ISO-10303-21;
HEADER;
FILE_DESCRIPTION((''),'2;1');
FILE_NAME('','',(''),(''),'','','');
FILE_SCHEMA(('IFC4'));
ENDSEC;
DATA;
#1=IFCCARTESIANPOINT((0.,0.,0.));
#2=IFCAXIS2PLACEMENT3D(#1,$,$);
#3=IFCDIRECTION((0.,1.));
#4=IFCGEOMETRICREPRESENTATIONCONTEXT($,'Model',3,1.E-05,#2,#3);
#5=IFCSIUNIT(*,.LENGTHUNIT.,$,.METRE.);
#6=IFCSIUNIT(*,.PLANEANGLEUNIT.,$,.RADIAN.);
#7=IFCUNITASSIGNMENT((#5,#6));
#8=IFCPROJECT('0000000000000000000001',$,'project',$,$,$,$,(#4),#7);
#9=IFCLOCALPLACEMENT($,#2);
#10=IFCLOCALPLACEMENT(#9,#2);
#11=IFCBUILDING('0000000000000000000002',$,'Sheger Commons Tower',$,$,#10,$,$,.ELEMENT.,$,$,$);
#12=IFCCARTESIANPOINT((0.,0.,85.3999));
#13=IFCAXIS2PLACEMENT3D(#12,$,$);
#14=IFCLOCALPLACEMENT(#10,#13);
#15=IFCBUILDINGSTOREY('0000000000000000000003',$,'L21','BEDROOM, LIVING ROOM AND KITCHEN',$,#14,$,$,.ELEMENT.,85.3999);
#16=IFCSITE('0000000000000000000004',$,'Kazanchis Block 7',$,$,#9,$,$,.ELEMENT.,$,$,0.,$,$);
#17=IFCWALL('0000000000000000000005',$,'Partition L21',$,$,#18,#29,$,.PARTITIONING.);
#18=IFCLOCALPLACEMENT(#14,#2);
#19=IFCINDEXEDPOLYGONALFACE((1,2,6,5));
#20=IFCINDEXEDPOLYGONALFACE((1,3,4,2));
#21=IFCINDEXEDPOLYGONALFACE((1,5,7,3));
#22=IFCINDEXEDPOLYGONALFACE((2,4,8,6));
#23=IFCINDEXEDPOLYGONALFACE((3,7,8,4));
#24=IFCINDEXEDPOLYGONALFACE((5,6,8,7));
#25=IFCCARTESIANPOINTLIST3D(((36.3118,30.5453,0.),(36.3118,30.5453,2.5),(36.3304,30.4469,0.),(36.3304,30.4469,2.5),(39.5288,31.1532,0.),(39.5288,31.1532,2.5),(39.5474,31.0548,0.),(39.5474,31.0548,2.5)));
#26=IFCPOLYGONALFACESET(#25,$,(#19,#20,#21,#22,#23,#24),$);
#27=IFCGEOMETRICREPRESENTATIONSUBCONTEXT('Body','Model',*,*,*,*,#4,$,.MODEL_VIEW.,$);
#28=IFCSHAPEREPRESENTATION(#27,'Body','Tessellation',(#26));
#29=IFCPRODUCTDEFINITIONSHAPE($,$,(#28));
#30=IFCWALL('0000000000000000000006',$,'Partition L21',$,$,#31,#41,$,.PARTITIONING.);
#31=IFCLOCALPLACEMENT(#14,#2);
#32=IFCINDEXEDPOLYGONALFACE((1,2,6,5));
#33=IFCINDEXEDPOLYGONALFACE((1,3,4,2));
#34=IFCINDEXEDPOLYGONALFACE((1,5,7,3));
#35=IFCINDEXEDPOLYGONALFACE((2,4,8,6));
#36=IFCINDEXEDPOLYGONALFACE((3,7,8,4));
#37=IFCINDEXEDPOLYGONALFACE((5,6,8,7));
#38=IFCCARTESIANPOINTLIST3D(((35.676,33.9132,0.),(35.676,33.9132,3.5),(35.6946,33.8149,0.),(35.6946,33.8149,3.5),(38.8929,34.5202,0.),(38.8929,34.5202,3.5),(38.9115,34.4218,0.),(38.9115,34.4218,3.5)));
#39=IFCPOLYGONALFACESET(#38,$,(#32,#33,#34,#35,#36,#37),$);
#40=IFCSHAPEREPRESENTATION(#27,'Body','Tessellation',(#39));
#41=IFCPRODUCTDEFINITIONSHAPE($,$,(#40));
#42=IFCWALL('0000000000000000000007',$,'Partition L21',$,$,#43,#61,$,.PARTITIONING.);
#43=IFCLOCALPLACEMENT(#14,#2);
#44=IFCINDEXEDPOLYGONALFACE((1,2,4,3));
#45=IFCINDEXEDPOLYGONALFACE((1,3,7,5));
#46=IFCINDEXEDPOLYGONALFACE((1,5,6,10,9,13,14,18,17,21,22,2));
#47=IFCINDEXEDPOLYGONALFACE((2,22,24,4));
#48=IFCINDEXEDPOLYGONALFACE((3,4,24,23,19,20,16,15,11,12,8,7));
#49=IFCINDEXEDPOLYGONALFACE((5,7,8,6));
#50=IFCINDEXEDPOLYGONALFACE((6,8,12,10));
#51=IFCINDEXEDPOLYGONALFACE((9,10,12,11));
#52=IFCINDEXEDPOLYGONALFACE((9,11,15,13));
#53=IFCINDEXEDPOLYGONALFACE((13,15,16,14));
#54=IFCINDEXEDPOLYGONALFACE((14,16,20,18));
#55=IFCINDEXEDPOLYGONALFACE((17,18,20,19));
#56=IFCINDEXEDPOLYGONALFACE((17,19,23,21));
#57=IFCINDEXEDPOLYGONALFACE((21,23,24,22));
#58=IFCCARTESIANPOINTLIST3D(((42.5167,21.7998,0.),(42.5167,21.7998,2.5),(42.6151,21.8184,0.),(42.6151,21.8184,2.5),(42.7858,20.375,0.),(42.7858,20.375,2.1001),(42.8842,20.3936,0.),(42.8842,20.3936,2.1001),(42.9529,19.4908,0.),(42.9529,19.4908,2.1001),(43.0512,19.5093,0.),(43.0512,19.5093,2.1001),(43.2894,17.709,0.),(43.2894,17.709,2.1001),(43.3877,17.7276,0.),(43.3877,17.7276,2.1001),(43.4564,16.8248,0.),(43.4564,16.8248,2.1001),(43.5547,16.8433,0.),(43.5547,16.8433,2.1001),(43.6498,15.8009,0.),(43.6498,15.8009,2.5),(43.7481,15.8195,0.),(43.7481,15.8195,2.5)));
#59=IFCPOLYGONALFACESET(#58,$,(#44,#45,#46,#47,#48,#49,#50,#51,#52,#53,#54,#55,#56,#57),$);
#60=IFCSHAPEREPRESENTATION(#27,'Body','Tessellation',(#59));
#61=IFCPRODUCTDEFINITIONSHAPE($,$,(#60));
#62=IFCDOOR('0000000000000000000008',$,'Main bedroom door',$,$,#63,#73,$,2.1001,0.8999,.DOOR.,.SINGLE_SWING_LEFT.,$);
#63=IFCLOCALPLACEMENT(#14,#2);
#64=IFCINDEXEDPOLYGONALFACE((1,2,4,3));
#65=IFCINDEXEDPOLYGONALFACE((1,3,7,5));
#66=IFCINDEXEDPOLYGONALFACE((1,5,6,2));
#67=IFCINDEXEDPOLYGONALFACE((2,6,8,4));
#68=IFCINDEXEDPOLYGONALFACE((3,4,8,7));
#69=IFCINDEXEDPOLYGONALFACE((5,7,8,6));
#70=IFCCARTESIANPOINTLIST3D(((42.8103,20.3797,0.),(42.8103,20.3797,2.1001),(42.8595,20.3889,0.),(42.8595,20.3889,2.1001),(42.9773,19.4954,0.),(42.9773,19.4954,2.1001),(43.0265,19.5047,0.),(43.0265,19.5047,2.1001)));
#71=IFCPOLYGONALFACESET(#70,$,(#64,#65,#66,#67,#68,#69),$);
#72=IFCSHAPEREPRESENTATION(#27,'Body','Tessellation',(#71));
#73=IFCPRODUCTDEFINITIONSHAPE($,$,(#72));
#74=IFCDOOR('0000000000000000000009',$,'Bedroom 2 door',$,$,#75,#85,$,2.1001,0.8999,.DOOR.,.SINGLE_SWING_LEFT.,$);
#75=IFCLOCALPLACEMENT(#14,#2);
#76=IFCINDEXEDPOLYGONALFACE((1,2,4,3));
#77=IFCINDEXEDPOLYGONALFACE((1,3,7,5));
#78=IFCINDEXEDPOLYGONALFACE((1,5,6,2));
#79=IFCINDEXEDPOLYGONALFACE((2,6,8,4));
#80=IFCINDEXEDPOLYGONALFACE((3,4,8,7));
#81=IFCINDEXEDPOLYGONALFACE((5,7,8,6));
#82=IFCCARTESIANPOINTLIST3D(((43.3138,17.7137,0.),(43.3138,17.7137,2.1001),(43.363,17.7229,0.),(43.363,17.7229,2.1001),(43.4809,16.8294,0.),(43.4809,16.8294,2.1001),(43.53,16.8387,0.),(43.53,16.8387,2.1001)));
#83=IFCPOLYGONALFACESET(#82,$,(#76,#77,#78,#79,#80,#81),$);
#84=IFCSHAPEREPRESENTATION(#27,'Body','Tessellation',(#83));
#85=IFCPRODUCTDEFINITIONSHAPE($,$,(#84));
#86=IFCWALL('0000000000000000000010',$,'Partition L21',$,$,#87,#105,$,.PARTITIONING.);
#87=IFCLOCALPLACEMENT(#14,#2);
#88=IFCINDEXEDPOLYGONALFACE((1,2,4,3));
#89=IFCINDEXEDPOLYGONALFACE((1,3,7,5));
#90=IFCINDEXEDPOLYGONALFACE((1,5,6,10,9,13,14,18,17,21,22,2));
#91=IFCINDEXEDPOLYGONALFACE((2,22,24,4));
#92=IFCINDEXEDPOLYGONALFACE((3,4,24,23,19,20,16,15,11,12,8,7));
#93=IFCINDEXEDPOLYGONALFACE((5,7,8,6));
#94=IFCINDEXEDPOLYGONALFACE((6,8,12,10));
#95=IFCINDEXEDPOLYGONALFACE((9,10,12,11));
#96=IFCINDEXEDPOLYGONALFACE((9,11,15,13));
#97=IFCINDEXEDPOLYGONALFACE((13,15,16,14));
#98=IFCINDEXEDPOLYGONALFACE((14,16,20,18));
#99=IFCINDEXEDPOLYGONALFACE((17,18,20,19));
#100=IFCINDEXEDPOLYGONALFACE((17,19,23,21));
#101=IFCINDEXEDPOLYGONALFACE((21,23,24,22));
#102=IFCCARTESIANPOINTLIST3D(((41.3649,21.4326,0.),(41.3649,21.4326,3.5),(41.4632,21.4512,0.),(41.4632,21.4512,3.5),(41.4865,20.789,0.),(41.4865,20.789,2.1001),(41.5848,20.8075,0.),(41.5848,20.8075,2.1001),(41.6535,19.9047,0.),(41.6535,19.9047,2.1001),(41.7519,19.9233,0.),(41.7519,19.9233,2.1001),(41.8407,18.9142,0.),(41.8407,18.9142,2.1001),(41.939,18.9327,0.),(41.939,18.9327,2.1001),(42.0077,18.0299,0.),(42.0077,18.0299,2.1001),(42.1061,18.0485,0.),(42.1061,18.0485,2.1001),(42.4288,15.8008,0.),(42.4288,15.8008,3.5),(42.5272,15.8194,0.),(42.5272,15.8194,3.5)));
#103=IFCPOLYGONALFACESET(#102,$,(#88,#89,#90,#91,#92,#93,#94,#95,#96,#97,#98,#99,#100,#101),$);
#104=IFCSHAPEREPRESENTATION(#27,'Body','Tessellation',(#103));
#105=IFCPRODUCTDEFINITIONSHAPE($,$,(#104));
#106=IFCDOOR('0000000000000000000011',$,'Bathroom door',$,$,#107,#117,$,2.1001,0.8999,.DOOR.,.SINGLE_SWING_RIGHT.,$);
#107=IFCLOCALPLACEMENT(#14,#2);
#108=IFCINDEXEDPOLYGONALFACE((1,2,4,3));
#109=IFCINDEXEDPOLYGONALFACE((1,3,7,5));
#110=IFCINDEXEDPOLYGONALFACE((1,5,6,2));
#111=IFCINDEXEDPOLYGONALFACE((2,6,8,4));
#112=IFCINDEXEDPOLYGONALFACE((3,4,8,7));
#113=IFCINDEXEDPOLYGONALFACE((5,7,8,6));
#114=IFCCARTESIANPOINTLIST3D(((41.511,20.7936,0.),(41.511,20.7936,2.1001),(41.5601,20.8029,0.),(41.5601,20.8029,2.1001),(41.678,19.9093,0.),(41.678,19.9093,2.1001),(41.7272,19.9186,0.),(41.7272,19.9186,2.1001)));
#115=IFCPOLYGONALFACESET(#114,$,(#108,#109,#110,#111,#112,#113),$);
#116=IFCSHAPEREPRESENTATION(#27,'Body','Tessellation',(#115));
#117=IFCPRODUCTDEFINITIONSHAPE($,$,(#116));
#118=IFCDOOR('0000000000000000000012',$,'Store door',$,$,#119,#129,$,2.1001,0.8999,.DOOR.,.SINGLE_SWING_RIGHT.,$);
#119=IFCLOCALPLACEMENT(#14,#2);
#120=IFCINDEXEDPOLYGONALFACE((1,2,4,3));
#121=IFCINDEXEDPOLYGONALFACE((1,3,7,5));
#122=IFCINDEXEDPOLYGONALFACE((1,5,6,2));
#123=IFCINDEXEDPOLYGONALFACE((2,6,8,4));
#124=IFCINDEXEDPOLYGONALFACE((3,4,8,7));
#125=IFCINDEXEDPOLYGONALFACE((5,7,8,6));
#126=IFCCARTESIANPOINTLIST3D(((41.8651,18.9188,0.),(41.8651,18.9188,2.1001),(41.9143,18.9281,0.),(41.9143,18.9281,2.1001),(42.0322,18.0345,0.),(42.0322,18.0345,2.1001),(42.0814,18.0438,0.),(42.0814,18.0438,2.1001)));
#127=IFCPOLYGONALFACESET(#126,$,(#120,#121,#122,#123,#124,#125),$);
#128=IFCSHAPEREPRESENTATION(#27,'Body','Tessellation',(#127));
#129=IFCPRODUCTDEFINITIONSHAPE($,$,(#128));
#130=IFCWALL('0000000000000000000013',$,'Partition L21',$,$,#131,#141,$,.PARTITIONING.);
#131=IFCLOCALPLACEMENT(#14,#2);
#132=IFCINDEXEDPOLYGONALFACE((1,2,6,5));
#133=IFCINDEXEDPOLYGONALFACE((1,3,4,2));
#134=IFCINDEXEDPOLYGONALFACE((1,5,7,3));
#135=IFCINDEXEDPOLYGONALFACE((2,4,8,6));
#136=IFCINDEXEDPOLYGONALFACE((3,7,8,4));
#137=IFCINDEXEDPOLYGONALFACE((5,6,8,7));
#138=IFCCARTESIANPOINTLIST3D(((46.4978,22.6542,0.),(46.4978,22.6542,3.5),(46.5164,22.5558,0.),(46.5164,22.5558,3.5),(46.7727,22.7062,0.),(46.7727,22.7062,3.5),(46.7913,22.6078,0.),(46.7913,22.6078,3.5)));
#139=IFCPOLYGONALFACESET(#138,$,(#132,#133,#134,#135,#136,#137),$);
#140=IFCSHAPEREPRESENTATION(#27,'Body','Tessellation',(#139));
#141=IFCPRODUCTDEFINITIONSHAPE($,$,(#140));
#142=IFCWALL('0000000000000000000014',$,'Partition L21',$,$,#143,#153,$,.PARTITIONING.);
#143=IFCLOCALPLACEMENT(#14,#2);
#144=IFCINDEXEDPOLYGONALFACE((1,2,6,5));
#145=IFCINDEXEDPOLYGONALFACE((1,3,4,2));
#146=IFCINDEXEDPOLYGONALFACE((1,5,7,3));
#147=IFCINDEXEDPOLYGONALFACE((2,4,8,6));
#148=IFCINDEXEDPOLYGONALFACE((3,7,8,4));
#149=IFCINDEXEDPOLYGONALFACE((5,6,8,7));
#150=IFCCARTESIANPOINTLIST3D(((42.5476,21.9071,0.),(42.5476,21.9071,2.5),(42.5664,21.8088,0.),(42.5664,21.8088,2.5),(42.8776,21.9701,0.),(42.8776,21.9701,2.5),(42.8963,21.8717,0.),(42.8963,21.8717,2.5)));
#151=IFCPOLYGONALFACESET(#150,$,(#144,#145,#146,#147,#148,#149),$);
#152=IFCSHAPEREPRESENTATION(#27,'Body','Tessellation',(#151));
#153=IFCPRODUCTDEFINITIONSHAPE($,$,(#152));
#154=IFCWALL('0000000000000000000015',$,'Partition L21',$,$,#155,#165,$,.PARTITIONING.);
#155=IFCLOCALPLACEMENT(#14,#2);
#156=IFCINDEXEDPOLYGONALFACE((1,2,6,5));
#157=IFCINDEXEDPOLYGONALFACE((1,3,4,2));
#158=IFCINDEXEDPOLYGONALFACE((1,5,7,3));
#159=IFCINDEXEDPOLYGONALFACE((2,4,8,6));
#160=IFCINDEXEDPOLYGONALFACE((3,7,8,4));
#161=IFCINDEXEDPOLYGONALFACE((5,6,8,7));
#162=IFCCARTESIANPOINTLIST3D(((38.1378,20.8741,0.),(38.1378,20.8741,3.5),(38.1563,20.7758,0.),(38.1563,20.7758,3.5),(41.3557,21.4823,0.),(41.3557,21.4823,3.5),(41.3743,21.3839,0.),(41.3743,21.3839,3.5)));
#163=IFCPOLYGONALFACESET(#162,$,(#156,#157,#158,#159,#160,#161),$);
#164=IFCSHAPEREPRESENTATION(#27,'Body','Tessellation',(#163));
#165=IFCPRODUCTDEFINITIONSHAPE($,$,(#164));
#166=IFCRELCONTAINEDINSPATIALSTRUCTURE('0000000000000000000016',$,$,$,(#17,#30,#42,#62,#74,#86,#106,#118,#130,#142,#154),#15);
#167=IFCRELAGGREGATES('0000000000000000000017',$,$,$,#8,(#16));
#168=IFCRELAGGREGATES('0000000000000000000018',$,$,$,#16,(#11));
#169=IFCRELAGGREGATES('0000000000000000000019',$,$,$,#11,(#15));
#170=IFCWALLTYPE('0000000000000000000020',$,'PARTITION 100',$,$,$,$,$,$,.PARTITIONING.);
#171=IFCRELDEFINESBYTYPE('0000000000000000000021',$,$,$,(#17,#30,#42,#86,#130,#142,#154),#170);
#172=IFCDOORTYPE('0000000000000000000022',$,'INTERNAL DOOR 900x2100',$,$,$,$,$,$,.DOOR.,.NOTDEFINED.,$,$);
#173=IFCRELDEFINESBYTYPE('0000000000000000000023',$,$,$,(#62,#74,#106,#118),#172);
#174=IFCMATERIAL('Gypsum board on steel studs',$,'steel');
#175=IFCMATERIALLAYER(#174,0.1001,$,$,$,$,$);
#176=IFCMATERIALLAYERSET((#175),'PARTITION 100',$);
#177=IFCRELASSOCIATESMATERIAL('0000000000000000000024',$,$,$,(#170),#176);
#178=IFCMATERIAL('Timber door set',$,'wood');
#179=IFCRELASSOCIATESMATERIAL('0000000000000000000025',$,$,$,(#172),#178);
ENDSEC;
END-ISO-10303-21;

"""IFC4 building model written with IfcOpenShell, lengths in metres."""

from ifc_helpers import new_model, si_unit, direction, frame, frame_2d, origin, place, context, subcontext, project, spatial, rectangle, extrude, material, layer, layer_set, type_object, element, fill, save


model = new_model("IFC4")

# Units and contexts
model_context = context("Model", 3, precision=1e-05, world=origin(), true_north=direction((0.0, 1.0)))
body_context = subcontext(model_context, "Body", "Model", "MODEL_VIEW")
ifc_project = project(units=[si_unit("LENGTHUNIT", "METRE"), si_unit("PLANEANGLEUNIT", "RADIAN")], contexts=[model_context])

# Site, building, storey
site_placement = place(None, origin())
site = spatial("IfcSite", under=ifc_project, at=site_placement, Name="Kazanchis Block 7", CompositionType="ELEMENT", RefElevation=0.0)
building_placement = place(site_placement, origin())
building = spatial("IfcBuilding", under=site, at=building_placement, Name="Sheger Commons Tower", CompositionType="ELEMENT")
storey_placement = place(building_placement, frame((0.0, 0.0, 85.3999)))
storey = spatial("IfcBuildingStorey", under=building, at=storey_placement, Name="L21", Description="BEDROOM, LIVING ROOM AND KITCHEN", CompositionType="ELEMENT", Elevation=85.3999)

# Walls
ifc_material_1 = material(Name="Gypsum board on steel studs", Category="steel")
ifc_layer_1 = layer(ifc_material_1, 0.1001)
ifc_layer_set_1 = layer_set([ifc_layer_1], Name="PARTITION 100")
wall_type_1 = type_object("IfcWallType", Name="PARTITION 100", PredefinedType="PARTITIONING", material=ifc_layer_set_1)
wall_1_placement = place(storey_placement, frame((39.5381, 31.104, 0.0), z_axis=(0.0, 0.0, 1.0), x_axis=(-0.98261, -0.18568, 0.0)))
element("IfcWall", 1, at=wall_1_placement, inside=storey, type_object=wall_type_1, Name="Partition L21", PredefinedType="PARTITIONING", context=body_context, shape_type="SweptSolid", body=[
    extrude(rectangle(XDim=3.2739, YDim=0.1001, at=frame_2d((1.637, 0.0))), origin(), (0.0, 0.0, 1.0), 2.5),
])
wall_2_placement = place(storey_placement, frame((38.9021, 34.4709, 0.0), z_axis=(0.0, 0.0, 1.0), x_axis=(-0.982665, -0.185392, 0.0)))
element("IfcWall", 2, at=wall_2_placement, inside=storey, type_object=wall_type_1, Name="Partition L21", PredefinedType="PARTITIONING", context=body_context, shape_type="SweptSolid", body=[
    extrude(rectangle(XDim=3.2737, YDim=0.1001, at=frame_2d((1.6367, 0.0))), origin(), (0.0, 0.0, 1.0), 3.5),
])

# Walls, openings, doors
wall_3_placement = place(storey_placement, frame((42.5659, 21.8091, 0.0), z_axis=(0.0, 0.0, 1.0), x_axis=(0.185592, -0.982627, 0.0)))
wall_3 = element("IfcWall", 3, at=wall_3_placement, inside=storey, type_object=wall_type_1, Name="Partition L21", PredefinedType="PARTITIONING", context=body_context, shape_type="SweptSolid", body=[
    extrude(rectangle(XDim=6.105, YDim=0.1001, at=frame_2d((3.0525, 0.0))), origin(), (0.0, 0.0, 1.0), 2.5),
])
opening_1_placement = place(wall_3_placement, frame((1.45, 0.0, 0.0)))
opening_1 = element("IfcOpeningElement", 4, at=opening_1_placement, cuts=wall_3, PredefinedType="OPENING", context=body_context, shape_type="SweptSolid", body=[
    extrude(rectangle(XDim=0.8999, YDim=2.1001, at=frame_2d((0.45, 1.05))), frame((0.0, 0.0601, 0.0), z_axis=(0.0, -1.0, 0.0), x_axis=(1.0, 0.0, 0.0)), (0.0, 0.0, 1.0), 0.1201),
])
opening_2_placement = place(wall_3_placement, frame((4.1631, 0.0, 0.0)))
opening_2 = element("IfcOpeningElement", 5, at=opening_2_placement, cuts=wall_3, PredefinedType="OPENING", context=body_context, shape_type="SweptSolid", body=[
    extrude(rectangle(XDim=0.8999, YDim=2.1001, at=frame_2d((0.45, 1.05))), frame((0.0, 0.0601, 0.0), z_axis=(0.0, -1.0, 0.0), x_axis=(1.0, 0.0, 0.0)), (0.0, 0.0, 1.0), 0.1201),
])
ifc_material_2 = material(Name="Timber door set", Category="wood")
door_type_1 = type_object("IfcDoorType", Name="INTERNAL DOOR 900x2100", OperationType="NOTDEFINED", PredefinedType="DOOR", material=ifc_material_2)
door_1_placement = place(opening_1_placement, origin())
door_1 = element("IfcDoor", 6, at=door_1_placement, inside=storey, type_object=door_type_1, Name="Main bedroom door", OperationType="SINGLE_SWING_LEFT", OverallHeight=2.1001, OverallWidth=0.8999, PredefinedType="DOOR", context=body_context, shape_type="SweptSolid", body=[
    extrude(rectangle(XDim=0.8999, YDim=2.1001, at=frame_2d((0.45, 1.05))), frame((0.0, 0.0249, 0.0), z_axis=(0.0, -1.0, 0.0), x_axis=(1.0, 0.0, 0.0)), (0.0, 0.0, 1.0), 0.05),
])
fill(opening_1, door_1)
door_2_placement = place(opening_2_placement, origin())
door_2 = element("IfcDoor", 7, at=door_2_placement, inside=storey, type_object=door_type_1, Name="Bedroom 2 door", OperationType="SINGLE_SWING_LEFT", OverallHeight=2.1001, OverallWidth=0.8999, PredefinedType="DOOR", context=body_context, shape_type="SweptSolid", body=[
    extrude(rectangle(XDim=0.8999, YDim=2.1001, at=frame_2d((0.45, 1.05))), frame((0.0, 0.0249, 0.0), z_axis=(0.0, -1.0, 0.0), x_axis=(1.0, 0.0, 0.0)), (0.0, 0.0, 1.0), 0.05),
])
fill(opening_2, door_2)
wall_4_placement = place(storey_placement, frame((41.4141, 21.4419, 0.0), z_axis=(0.0, 0.0, 1.0), x_axis=(0.185636, -0.982619, 0.0)))
wall_4 = element("IfcWall", 8, at=wall_4_placement, inside=storey, type_object=wall_type_1, Name="Partition L21", PredefinedType="PARTITIONING", context=body_context, shape_type="SweptSolid", body=[
    extrude(rectangle(XDim=5.7314, YDim=0.1001, at=frame_2d((2.8657, 0.0))), origin(), (0.0, 0.0, 1.0), 3.5),
])
opening_3_placement = place(wall_4_placement, frame((0.655, 0.0, 0.0)))
opening_3 = element("IfcOpeningElement", 9, at=opening_3_placement, cuts=wall_4, PredefinedType="OPENING", context=body_context, shape_type="SweptSolid", body=[
    extrude(rectangle(XDim=0.8999, YDim=2.1001, at=frame_2d((0.45, 1.05))), frame((0.0, 0.0601, 0.0), z_axis=(0.0, -1.0, 0.0), x_axis=(1.0, 0.0, 0.0)), (0.0, 0.0, 1.0), 0.1201),
])
opening_4_placement = place(wall_4_placement, frame((2.563, 0.0, 0.0)))
opening_4 = element("IfcOpeningElement", 10, at=opening_4_placement, cuts=wall_4, PredefinedType="OPENING", context=body_context, shape_type="SweptSolid", body=[
    extrude(rectangle(XDim=0.8999, YDim=2.1001, at=frame_2d((0.45, 1.05))), frame((0.0, 0.0601, 0.0), z_axis=(0.0, -1.0, 0.0), x_axis=(1.0, 0.0, 0.0)), (0.0, 0.0, 1.0), 0.1201),
])
door_3_placement = place(opening_3_placement, origin())
door_3 = element("IfcDoor", 11, at=door_3_placement, inside=storey, type_object=door_type_1, Name="Bathroom door", OperationType="SINGLE_SWING_RIGHT", OverallHeight=2.1001, OverallWidth=0.8999, PredefinedType="DOOR", context=body_context, shape_type="SweptSolid", body=[
    extrude(rectangle(XDim=0.8999, YDim=2.1001, at=frame_2d((0.45, 1.05))), frame((0.0, 0.0249, 0.0), z_axis=(0.0, -1.0, 0.0), x_axis=(1.0, 0.0, 0.0)), (0.0, 0.0, 1.0), 0.05),
])
fill(opening_3, door_3)
door_4_placement = place(opening_4_placement, origin())
door_4 = element("IfcDoor", 12, at=door_4_placement, inside=storey, type_object=door_type_1, Name="Store door", OperationType="SINGLE_SWING_RIGHT", OverallHeight=2.1001, OverallWidth=0.8999, PredefinedType="DOOR", context=body_context, shape_type="SweptSolid", body=[
    extrude(rectangle(XDim=0.8999, YDim=2.1001, at=frame_2d((0.45, 1.05))), frame((0.0, 0.0249, 0.0), z_axis=(0.0, -1.0, 0.0), x_axis=(1.0, 0.0, 0.0)), (0.0, 0.0, 1.0), 0.05),
])
fill(opening_4, door_4)

# Walls
wall_5_placement = place(storey_placement, frame((46.782, 22.657, 0.0), z_axis=(0.0, 0.0, 1.0), x_axis=(-0.982575, -0.185869, 0.0)))
element("IfcWall", 13, at=wall_5_placement, inside=storey, type_object=wall_type_1, Name="Partition L21", PredefinedType="PARTITIONING", context=body_context, shape_type="SweptSolid", body=[
    extrude(rectangle(XDim=0.2798, YDim=0.1001, at=frame_2d((0.1399, 0.0))), origin(), (0.0, 0.0, 1.0), 3.5),
])
wall_6_placement = place(storey_placement, frame((42.887, 21.9209, 0.0), z_axis=(0.0, 0.0, 1.0), x_axis=(-0.982275, -0.187446, 0.0)))
element("IfcWall", 14, at=wall_6_placement, inside=storey, type_object=wall_type_1, Name="Partition L21", PredefinedType="PARTITIONING", context=body_context, shape_type="SweptSolid", body=[
    extrude(rectangle(XDim=0.3359, YDim=0.1001, at=frame_2d((0.168, 0.0))), origin(), (0.0, 0.0, 1.0), 2.5),
])
wall_7_placement = place(storey_placement, frame((41.365, 21.4331, 0.0), z_axis=(0.0, 0.0, 1.0), x_axis=(-0.982607, -0.185697, 0.0)))
element("IfcWall", 15, at=wall_7_placement, inside=storey, type_object=wall_type_1, Name="Partition L21", PredefinedType="PARTITIONING", context=body_context, shape_type="SweptSolid", body=[
    extrude(rectangle(XDim=3.2749, YDim=0.1001, at=frame_2d((1.6375, 0.0))), origin(), (0.0, 0.0, 1.0), 3.5),
])

save(model, "model.ifc")
